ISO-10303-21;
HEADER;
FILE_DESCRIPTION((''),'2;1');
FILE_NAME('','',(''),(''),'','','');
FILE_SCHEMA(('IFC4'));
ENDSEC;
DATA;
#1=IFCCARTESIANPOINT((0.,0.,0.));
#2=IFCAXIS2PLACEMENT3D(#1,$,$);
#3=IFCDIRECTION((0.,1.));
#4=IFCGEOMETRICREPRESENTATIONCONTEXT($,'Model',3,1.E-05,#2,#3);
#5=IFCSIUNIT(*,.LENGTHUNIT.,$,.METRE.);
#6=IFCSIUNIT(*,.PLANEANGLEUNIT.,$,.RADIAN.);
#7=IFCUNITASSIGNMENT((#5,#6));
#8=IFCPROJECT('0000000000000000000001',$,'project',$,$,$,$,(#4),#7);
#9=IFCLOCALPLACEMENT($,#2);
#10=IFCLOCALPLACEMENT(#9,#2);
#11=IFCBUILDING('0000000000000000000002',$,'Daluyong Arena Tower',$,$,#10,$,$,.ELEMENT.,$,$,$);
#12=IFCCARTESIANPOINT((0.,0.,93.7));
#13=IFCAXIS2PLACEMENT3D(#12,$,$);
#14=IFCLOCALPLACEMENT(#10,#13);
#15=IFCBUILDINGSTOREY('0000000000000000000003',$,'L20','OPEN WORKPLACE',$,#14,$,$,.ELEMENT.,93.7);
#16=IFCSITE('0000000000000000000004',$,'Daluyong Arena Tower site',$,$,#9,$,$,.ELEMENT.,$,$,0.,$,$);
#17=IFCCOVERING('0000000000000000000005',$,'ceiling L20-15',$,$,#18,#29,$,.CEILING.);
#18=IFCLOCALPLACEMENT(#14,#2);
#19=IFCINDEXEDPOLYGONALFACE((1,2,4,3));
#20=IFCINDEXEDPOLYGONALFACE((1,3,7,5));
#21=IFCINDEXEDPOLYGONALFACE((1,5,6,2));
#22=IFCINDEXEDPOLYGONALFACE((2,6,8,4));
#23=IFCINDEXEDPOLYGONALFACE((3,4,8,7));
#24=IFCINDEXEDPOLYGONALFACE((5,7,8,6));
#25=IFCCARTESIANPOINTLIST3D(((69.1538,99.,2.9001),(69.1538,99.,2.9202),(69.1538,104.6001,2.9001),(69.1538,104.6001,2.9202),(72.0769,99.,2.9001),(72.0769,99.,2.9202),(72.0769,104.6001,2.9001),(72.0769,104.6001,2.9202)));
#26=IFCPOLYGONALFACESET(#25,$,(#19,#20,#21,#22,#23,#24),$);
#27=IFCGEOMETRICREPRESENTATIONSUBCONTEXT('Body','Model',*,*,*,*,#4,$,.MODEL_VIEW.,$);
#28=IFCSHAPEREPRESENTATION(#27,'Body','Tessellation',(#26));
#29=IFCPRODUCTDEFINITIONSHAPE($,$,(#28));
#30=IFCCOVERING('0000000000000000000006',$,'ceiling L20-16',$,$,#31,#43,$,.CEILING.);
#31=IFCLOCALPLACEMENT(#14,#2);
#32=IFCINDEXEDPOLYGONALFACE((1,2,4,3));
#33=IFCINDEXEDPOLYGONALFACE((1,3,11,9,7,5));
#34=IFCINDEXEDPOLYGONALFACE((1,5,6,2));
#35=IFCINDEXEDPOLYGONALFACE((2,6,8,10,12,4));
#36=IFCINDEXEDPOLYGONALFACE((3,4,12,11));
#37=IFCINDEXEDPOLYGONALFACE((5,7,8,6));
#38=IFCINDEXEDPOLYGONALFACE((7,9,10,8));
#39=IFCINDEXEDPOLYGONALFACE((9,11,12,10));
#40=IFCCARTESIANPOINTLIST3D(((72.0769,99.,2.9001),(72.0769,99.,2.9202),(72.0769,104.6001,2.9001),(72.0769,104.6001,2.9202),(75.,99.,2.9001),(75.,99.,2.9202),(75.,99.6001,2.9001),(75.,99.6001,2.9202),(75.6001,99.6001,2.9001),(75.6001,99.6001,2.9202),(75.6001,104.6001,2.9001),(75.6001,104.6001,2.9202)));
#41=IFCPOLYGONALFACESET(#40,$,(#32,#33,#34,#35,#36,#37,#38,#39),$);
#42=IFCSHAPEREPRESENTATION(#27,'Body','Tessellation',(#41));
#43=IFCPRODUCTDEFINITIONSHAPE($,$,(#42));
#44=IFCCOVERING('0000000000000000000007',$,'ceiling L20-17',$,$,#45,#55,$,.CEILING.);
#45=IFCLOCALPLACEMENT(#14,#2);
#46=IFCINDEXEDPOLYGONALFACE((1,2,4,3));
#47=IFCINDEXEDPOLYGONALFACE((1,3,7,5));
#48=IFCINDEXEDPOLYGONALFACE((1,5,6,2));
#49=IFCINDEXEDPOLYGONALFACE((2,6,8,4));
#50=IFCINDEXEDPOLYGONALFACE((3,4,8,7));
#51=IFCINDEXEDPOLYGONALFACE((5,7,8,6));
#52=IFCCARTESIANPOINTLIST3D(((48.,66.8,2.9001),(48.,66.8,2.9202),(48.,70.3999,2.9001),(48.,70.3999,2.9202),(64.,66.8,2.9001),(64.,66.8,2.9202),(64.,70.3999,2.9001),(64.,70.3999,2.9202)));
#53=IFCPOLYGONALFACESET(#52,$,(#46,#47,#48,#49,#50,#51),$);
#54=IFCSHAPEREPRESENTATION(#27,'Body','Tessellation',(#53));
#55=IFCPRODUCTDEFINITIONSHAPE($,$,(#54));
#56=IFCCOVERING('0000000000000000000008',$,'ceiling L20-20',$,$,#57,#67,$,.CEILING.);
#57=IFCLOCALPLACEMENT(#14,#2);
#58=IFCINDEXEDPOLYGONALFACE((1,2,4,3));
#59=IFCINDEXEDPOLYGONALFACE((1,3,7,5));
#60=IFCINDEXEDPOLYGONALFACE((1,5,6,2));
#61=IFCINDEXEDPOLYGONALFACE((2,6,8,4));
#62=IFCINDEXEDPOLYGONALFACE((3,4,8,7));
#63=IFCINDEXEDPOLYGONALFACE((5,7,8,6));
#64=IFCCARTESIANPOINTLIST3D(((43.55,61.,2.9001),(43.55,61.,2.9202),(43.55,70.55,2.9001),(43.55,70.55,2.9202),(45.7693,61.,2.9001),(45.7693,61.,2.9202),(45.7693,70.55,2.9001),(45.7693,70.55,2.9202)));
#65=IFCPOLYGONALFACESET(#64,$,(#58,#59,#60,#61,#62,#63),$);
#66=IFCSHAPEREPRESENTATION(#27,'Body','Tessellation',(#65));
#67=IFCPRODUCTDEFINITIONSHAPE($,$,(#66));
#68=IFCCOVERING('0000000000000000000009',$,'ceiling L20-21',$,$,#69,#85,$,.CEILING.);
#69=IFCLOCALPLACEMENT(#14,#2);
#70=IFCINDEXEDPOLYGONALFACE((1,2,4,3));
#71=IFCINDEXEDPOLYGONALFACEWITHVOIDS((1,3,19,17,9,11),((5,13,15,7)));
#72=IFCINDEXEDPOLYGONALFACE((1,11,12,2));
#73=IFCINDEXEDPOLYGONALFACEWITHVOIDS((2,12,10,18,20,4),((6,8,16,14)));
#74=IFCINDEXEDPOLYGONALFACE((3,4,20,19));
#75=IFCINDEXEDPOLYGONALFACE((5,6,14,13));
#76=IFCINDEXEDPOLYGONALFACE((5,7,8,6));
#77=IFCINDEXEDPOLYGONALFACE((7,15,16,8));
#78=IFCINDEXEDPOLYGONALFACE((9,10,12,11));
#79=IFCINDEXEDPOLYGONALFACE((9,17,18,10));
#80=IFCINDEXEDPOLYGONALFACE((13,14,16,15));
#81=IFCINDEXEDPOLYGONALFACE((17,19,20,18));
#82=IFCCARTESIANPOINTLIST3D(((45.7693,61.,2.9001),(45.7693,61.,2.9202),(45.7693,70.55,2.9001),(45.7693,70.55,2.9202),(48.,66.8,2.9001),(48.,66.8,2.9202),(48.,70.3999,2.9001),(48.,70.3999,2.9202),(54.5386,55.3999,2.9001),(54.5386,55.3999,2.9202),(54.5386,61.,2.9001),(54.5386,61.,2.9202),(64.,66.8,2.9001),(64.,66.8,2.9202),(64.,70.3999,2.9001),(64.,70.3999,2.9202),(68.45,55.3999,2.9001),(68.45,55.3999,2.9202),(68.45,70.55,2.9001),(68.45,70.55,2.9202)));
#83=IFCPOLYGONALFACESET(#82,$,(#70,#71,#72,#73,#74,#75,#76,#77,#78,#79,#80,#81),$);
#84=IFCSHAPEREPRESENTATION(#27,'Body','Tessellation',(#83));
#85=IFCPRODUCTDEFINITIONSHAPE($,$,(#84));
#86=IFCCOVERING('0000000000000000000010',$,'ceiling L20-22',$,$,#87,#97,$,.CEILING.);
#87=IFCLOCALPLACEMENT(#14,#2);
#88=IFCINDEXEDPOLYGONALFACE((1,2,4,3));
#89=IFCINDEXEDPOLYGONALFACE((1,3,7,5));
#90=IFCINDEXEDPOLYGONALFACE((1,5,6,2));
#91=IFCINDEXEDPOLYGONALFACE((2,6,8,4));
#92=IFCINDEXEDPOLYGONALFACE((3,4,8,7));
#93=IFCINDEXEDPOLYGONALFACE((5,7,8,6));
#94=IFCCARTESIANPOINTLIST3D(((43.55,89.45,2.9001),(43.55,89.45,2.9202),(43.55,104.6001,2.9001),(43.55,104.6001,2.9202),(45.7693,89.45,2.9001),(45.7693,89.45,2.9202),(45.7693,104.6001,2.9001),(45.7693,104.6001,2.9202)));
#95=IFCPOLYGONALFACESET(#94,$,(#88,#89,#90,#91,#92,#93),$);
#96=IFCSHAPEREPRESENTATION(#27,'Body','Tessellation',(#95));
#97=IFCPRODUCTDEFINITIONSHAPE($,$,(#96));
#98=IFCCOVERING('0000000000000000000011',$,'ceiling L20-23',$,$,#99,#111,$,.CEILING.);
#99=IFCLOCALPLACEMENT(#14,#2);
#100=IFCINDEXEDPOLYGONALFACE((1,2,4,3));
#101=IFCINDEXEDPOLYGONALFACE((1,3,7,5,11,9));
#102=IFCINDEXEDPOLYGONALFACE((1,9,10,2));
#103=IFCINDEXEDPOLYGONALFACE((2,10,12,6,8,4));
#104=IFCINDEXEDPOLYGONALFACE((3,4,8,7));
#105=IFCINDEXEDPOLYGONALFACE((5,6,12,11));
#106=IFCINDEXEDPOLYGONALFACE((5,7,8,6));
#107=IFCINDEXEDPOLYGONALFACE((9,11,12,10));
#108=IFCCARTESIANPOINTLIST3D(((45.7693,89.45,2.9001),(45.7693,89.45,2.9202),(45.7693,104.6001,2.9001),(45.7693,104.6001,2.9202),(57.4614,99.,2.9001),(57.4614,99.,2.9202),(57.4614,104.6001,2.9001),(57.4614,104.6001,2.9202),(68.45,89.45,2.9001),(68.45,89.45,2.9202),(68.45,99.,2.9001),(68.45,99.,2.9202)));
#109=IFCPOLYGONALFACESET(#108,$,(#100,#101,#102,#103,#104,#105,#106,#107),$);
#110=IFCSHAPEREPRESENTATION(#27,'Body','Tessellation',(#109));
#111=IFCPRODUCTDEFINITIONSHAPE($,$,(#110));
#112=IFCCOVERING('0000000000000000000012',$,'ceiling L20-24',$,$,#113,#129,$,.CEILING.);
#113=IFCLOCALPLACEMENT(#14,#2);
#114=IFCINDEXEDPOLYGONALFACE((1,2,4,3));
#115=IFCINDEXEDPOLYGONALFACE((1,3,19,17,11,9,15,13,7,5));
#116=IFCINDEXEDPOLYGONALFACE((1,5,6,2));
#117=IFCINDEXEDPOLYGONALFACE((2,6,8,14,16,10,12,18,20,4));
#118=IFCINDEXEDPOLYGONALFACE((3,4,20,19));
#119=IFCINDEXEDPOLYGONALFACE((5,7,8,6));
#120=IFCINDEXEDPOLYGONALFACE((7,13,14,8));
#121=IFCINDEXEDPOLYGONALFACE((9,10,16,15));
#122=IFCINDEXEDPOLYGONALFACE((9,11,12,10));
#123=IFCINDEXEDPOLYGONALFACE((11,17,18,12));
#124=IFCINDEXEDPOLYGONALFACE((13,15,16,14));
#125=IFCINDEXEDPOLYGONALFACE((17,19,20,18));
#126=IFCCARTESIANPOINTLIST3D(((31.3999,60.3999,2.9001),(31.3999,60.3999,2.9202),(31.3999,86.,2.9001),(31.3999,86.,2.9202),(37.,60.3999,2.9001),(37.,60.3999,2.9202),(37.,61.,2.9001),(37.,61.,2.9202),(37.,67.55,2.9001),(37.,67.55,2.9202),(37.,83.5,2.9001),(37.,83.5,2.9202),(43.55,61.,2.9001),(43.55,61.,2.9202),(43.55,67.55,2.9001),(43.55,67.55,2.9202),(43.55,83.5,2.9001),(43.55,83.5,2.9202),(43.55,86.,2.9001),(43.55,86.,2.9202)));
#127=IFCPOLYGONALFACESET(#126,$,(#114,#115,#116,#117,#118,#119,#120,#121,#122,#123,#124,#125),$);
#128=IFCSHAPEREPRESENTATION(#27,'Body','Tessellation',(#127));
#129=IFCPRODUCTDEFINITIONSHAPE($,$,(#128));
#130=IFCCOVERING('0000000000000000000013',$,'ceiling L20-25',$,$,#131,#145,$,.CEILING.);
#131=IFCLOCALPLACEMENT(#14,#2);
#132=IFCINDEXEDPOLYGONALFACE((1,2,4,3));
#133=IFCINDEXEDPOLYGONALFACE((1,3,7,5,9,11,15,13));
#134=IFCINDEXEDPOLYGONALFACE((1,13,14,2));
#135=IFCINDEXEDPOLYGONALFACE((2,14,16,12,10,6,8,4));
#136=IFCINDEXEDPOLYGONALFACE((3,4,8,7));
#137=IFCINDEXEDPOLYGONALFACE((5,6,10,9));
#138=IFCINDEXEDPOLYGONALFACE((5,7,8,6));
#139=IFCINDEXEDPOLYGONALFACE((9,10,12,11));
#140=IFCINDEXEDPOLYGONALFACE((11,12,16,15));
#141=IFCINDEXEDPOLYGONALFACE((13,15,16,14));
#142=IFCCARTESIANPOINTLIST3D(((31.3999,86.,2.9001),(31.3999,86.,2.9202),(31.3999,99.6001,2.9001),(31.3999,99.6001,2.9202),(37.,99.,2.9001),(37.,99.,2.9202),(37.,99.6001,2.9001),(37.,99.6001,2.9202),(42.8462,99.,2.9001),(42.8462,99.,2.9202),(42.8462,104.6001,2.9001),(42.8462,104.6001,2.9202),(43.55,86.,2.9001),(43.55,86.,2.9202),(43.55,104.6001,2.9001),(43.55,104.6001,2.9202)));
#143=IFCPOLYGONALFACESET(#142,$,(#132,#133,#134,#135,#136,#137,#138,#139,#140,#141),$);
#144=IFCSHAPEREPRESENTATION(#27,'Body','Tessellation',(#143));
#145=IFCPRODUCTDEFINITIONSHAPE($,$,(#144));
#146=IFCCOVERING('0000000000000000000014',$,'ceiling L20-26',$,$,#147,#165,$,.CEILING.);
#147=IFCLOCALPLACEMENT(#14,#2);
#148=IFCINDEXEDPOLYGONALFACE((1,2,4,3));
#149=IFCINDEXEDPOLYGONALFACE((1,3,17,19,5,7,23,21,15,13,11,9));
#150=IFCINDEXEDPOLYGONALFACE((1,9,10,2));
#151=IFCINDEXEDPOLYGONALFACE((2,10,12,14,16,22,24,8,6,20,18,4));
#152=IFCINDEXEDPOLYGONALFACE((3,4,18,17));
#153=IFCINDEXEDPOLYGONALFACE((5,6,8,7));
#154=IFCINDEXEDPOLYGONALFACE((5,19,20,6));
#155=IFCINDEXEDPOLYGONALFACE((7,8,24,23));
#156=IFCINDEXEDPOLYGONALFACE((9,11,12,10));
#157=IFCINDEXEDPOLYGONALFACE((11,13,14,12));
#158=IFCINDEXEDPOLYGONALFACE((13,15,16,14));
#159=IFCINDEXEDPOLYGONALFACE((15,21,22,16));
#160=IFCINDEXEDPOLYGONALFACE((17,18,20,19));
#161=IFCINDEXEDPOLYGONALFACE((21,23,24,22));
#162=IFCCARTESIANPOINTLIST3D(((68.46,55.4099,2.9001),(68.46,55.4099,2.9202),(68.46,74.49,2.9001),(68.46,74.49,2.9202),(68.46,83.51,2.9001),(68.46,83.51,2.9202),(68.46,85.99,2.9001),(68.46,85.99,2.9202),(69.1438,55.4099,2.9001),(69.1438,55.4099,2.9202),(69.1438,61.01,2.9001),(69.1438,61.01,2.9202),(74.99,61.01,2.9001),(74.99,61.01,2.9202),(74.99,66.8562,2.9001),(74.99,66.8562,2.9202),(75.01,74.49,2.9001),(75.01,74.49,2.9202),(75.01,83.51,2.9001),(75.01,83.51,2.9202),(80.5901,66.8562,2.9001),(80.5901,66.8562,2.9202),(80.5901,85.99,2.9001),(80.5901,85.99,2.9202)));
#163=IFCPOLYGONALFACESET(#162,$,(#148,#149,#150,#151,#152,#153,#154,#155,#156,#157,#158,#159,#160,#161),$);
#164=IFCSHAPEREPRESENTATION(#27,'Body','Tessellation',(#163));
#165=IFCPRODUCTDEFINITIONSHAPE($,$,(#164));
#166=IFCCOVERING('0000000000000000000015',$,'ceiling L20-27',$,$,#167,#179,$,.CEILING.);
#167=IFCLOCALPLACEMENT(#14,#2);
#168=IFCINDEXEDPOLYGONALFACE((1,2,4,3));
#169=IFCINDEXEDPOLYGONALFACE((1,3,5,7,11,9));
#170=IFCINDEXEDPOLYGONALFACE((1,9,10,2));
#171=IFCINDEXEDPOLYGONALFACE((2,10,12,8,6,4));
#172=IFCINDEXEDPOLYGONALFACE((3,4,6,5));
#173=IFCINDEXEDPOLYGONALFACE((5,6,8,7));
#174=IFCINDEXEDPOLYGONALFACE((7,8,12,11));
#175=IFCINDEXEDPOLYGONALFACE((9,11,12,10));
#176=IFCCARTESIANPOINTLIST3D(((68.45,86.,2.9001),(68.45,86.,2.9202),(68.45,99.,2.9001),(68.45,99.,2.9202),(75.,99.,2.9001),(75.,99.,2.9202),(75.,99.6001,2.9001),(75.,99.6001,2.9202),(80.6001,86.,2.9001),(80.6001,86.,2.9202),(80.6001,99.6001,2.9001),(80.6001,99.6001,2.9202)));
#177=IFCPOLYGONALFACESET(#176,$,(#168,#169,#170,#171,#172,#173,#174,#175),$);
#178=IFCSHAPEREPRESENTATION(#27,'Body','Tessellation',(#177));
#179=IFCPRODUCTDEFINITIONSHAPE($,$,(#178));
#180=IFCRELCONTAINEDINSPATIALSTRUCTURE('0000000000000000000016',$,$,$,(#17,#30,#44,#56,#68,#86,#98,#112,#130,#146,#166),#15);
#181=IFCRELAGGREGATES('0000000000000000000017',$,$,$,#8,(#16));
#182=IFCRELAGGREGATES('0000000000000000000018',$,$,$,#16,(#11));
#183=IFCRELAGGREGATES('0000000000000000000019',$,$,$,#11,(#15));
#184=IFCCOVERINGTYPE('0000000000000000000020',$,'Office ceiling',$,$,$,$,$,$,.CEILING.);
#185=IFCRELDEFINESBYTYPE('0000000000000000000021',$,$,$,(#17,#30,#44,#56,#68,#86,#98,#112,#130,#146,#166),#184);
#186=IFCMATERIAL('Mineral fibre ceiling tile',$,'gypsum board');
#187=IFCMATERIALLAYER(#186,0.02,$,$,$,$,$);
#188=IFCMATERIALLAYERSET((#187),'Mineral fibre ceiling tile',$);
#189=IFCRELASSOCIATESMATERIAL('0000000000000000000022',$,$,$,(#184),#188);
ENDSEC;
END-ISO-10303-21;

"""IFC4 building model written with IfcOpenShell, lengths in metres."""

from ifc_helpers import new_model, si_unit, direction, frame, origin, place, context, subcontext, project, spatial, polyline, outline, extrude, material, layer, layer_set, type_object, element, save


model = new_model("IFC4")

# Units and contexts
model_context = context("Model", 3, precision=1e-05, world=origin(), true_north=direction((0.0, 1.0)))
body_context = subcontext(model_context, "Body", "Model", "MODEL_VIEW")
ifc_project = project(units=[si_unit("LENGTHUNIT", "METRE"), si_unit("PLANEANGLEUNIT", "RADIAN")], contexts=[model_context])

# Site, building, storey
site_placement = place(None, origin())
site = spatial("IfcSite", under=ifc_project, at=site_placement, Name="Daluyong Arena Tower site", CompositionType="ELEMENT", RefElevation=0.0)
building_placement = place(site_placement, origin())
building = spatial("IfcBuilding", under=site, at=building_placement, Name="Daluyong Arena Tower", CompositionType="ELEMENT")
storey_placement = place(building_placement, frame((0.0, 0.0, 93.7)))
storey = spatial("IfcBuildingStorey", under=building, at=storey_placement, Name="L20", Description="OPEN WORKPLACE", CompositionType="ELEMENT", Elevation=93.7)

# Coverings
ifc_material_1 = material(Name="Mineral fibre ceiling tile", Category="gypsum board")
ifc_layer_1 = layer(ifc_material_1, 0.02)
ifc_layer_set_1 = layer_set([ifc_layer_1], Name="Mineral fibre ceiling tile")
covering_type = type_object("IfcCoveringType", Name="Office ceiling", PredefinedType="CEILING", material=ifc_layer_set_1)
covering_1_placement = place(storey_placement, frame((0.0, 0.0, 2.9001)))
element("IfcCovering", 1, at=covering_1_placement, inside=storey, type_object=covering_type, Name="ceiling L20-15", PredefinedType="CEILING", context=body_context, shape_type="SweptSolid", body=[
    extrude(outline(polyline([(72.0769, 99.0), (72.0769, 104.6001), (69.1538, 104.6001), (69.1538, 99.0), (72.0769, 99.0)])), origin(), (0.0, 0.0, 1.0), 0.02),
])
covering_2_placement = place(storey_placement, frame((0.0, 0.0, 2.9001)))
element("IfcCovering", 2, at=covering_2_placement, inside=storey, type_object=covering_type, Name="ceiling L20-16", PredefinedType="CEILING", context=body_context, shape_type="SweptSolid", body=[
    extrude(outline(polyline([(72.0769, 99.0), (75.0, 99.0), (75.0, 99.6001), (75.6001, 99.6001), (75.6001, 104.6001), (72.0769, 104.6001), (72.0769, 99.0)])), origin(), (0.0, 0.0, 1.0), 0.02),
])
covering_3_placement = place(storey_placement, frame((0.0, 0.0, 2.9001)))
element("IfcCovering", 3, at=covering_3_placement, inside=storey, type_object=covering_type, Name="ceiling L20-17", PredefinedType="CEILING", context=body_context, shape_type="SweptSolid", body=[
    extrude(outline(polyline([(48.0, 66.8), (64.0, 66.8), (64.0, 70.3999), (48.0, 70.3999), (48.0, 66.8)])), origin(), (0.0, 0.0, 1.0), 0.02),
])
covering_4_placement = place(storey_placement, frame((0.0, 0.0, 2.9001)))
element("IfcCovering", 4, at=covering_4_placement, inside=storey, type_object=covering_type, Name="ceiling L20-20", PredefinedType="CEILING", context=body_context, shape_type="SweptSolid", body=[
    extrude(outline(polyline([(43.55, 61.0), (45.7693, 61.0), (45.7693, 70.55), (43.55, 70.55), (43.55, 61.0)])), origin(), (0.0, 0.0, 1.0), 0.02),
])
covering_5_placement = place(storey_placement, frame((0.0, 0.0, 2.9001)))
element("IfcCovering", 5, at=covering_5_placement, inside=storey, type_object=covering_type, Name="ceiling L20-21", PredefinedType="CEILING", context=body_context, shape_type="SweptSolid", body=[
    extrude(outline(polyline([(54.5386, 55.3999), (68.45, 55.3999), (68.45, 70.55), (45.7693, 70.55), (45.7693, 61.0), (54.5386, 61.0), (54.5386, 55.3999)]), holes=[polyline([(48.0, 66.8), (48.0, 70.3999), (64.0, 70.3999), (64.0, 66.8), (48.0, 66.8)])]), origin(), (0.0, 0.0, 1.0), 0.02),
])
covering_6_placement = place(storey_placement, frame((0.0, 0.0, 2.9001)))
element("IfcCovering", 6, at=covering_6_placement, inside=storey, type_object=covering_type, Name="ceiling L20-22", PredefinedType="CEILING", context=body_context, shape_type="SweptSolid", body=[
    extrude(outline(polyline([(45.7693, 104.6001), (43.55, 104.6001), (43.55, 89.45), (45.7693, 89.45), (45.7693, 104.6001)])), origin(), (0.0, 0.0, 1.0), 0.02),
])
covering_7_placement = place(storey_placement, frame((0.0, 0.0, 2.9001)))
element("IfcCovering", 7, at=covering_7_placement, inside=storey, type_object=covering_type, Name="ceiling L20-23", PredefinedType="CEILING", context=body_context, shape_type="SweptSolid", body=[
    extrude(outline(polyline([(57.4614, 104.6001), (45.7693, 104.6001), (45.7693, 89.45), (68.45, 89.45), (68.45, 99.0), (57.4614, 99.0), (57.4614, 104.6001)])), origin(), (0.0, 0.0, 1.0), 0.02),
])
covering_8_placement = place(storey_placement, frame((0.0, 0.0, 2.9001)))
element("IfcCovering", 8, at=covering_8_placement, inside=storey, type_object=covering_type, Name="ceiling L20-24", PredefinedType="CEILING", context=body_context, shape_type="SweptSolid", body=[
    extrude(outline(polyline([(43.55, 61.0), (43.55, 67.55), (37.0, 67.55), (37.0, 83.5), (43.55, 83.5), (43.55, 86.0), (31.3999, 86.0), (31.3999, 60.3999), (37.0, 60.3999), (37.0, 61.0), (43.55, 61.0)])), origin(), (0.0, 0.0, 1.0), 0.02),
])
covering_9_placement = place(storey_placement, frame((0.0, 0.0, 2.9001)))
element("IfcCovering", 9, at=covering_9_placement, inside=storey, type_object=covering_type, Name="ceiling L20-25", PredefinedType="CEILING", context=body_context, shape_type="SweptSolid", body=[
    extrude(outline(polyline([(37.0, 99.6001), (31.3999, 99.6001), (31.3999, 86.0), (43.55, 86.0), (43.55, 104.6001), (42.8462, 104.6001), (42.8462, 99.0), (37.0, 99.0), (37.0, 99.6001)])), origin(), (0.0, 0.0, 1.0), 0.02),
])
covering_10_placement = place(storey_placement, frame((0.0, 0.0, 2.9001)))
element("IfcCovering", 10, at=covering_10_placement, inside=storey, type_object=covering_type, Name="ceiling L20-26", PredefinedType="CEILING", context=body_context, shape_type="SweptSolid", body=[
    extrude(outline(polyline([(74.99, 61.01), (74.99, 66.8562), (80.5901, 66.8562), (80.5901, 85.99), (68.46, 85.99), (68.46, 83.51), (75.01, 83.51), (75.01, 74.49), (68.46, 74.49), (68.46, 55.4099), (69.1438, 55.4099), (69.1438, 61.01), (74.99, 61.01)])), origin(), (0.0, 0.0, 1.0), 0.02),
])
covering_11_placement = place(storey_placement, frame((0.0, 0.0, 2.9001)))
element("IfcCovering", 11, at=covering_11_placement, inside=storey, type_object=covering_type, Name="ceiling L20-27", PredefinedType="CEILING", context=body_context, shape_type="SweptSolid", body=[
    extrude(outline(polyline([(68.45, 99.0), (68.45, 86.0), (80.6001, 86.0), (80.6001, 99.6001), (75.0, 99.6001), (75.0, 99.0), (68.45, 99.0)])), origin(), (0.0, 0.0, 1.0), 0.02),
])

save(model, "model.ifc")
